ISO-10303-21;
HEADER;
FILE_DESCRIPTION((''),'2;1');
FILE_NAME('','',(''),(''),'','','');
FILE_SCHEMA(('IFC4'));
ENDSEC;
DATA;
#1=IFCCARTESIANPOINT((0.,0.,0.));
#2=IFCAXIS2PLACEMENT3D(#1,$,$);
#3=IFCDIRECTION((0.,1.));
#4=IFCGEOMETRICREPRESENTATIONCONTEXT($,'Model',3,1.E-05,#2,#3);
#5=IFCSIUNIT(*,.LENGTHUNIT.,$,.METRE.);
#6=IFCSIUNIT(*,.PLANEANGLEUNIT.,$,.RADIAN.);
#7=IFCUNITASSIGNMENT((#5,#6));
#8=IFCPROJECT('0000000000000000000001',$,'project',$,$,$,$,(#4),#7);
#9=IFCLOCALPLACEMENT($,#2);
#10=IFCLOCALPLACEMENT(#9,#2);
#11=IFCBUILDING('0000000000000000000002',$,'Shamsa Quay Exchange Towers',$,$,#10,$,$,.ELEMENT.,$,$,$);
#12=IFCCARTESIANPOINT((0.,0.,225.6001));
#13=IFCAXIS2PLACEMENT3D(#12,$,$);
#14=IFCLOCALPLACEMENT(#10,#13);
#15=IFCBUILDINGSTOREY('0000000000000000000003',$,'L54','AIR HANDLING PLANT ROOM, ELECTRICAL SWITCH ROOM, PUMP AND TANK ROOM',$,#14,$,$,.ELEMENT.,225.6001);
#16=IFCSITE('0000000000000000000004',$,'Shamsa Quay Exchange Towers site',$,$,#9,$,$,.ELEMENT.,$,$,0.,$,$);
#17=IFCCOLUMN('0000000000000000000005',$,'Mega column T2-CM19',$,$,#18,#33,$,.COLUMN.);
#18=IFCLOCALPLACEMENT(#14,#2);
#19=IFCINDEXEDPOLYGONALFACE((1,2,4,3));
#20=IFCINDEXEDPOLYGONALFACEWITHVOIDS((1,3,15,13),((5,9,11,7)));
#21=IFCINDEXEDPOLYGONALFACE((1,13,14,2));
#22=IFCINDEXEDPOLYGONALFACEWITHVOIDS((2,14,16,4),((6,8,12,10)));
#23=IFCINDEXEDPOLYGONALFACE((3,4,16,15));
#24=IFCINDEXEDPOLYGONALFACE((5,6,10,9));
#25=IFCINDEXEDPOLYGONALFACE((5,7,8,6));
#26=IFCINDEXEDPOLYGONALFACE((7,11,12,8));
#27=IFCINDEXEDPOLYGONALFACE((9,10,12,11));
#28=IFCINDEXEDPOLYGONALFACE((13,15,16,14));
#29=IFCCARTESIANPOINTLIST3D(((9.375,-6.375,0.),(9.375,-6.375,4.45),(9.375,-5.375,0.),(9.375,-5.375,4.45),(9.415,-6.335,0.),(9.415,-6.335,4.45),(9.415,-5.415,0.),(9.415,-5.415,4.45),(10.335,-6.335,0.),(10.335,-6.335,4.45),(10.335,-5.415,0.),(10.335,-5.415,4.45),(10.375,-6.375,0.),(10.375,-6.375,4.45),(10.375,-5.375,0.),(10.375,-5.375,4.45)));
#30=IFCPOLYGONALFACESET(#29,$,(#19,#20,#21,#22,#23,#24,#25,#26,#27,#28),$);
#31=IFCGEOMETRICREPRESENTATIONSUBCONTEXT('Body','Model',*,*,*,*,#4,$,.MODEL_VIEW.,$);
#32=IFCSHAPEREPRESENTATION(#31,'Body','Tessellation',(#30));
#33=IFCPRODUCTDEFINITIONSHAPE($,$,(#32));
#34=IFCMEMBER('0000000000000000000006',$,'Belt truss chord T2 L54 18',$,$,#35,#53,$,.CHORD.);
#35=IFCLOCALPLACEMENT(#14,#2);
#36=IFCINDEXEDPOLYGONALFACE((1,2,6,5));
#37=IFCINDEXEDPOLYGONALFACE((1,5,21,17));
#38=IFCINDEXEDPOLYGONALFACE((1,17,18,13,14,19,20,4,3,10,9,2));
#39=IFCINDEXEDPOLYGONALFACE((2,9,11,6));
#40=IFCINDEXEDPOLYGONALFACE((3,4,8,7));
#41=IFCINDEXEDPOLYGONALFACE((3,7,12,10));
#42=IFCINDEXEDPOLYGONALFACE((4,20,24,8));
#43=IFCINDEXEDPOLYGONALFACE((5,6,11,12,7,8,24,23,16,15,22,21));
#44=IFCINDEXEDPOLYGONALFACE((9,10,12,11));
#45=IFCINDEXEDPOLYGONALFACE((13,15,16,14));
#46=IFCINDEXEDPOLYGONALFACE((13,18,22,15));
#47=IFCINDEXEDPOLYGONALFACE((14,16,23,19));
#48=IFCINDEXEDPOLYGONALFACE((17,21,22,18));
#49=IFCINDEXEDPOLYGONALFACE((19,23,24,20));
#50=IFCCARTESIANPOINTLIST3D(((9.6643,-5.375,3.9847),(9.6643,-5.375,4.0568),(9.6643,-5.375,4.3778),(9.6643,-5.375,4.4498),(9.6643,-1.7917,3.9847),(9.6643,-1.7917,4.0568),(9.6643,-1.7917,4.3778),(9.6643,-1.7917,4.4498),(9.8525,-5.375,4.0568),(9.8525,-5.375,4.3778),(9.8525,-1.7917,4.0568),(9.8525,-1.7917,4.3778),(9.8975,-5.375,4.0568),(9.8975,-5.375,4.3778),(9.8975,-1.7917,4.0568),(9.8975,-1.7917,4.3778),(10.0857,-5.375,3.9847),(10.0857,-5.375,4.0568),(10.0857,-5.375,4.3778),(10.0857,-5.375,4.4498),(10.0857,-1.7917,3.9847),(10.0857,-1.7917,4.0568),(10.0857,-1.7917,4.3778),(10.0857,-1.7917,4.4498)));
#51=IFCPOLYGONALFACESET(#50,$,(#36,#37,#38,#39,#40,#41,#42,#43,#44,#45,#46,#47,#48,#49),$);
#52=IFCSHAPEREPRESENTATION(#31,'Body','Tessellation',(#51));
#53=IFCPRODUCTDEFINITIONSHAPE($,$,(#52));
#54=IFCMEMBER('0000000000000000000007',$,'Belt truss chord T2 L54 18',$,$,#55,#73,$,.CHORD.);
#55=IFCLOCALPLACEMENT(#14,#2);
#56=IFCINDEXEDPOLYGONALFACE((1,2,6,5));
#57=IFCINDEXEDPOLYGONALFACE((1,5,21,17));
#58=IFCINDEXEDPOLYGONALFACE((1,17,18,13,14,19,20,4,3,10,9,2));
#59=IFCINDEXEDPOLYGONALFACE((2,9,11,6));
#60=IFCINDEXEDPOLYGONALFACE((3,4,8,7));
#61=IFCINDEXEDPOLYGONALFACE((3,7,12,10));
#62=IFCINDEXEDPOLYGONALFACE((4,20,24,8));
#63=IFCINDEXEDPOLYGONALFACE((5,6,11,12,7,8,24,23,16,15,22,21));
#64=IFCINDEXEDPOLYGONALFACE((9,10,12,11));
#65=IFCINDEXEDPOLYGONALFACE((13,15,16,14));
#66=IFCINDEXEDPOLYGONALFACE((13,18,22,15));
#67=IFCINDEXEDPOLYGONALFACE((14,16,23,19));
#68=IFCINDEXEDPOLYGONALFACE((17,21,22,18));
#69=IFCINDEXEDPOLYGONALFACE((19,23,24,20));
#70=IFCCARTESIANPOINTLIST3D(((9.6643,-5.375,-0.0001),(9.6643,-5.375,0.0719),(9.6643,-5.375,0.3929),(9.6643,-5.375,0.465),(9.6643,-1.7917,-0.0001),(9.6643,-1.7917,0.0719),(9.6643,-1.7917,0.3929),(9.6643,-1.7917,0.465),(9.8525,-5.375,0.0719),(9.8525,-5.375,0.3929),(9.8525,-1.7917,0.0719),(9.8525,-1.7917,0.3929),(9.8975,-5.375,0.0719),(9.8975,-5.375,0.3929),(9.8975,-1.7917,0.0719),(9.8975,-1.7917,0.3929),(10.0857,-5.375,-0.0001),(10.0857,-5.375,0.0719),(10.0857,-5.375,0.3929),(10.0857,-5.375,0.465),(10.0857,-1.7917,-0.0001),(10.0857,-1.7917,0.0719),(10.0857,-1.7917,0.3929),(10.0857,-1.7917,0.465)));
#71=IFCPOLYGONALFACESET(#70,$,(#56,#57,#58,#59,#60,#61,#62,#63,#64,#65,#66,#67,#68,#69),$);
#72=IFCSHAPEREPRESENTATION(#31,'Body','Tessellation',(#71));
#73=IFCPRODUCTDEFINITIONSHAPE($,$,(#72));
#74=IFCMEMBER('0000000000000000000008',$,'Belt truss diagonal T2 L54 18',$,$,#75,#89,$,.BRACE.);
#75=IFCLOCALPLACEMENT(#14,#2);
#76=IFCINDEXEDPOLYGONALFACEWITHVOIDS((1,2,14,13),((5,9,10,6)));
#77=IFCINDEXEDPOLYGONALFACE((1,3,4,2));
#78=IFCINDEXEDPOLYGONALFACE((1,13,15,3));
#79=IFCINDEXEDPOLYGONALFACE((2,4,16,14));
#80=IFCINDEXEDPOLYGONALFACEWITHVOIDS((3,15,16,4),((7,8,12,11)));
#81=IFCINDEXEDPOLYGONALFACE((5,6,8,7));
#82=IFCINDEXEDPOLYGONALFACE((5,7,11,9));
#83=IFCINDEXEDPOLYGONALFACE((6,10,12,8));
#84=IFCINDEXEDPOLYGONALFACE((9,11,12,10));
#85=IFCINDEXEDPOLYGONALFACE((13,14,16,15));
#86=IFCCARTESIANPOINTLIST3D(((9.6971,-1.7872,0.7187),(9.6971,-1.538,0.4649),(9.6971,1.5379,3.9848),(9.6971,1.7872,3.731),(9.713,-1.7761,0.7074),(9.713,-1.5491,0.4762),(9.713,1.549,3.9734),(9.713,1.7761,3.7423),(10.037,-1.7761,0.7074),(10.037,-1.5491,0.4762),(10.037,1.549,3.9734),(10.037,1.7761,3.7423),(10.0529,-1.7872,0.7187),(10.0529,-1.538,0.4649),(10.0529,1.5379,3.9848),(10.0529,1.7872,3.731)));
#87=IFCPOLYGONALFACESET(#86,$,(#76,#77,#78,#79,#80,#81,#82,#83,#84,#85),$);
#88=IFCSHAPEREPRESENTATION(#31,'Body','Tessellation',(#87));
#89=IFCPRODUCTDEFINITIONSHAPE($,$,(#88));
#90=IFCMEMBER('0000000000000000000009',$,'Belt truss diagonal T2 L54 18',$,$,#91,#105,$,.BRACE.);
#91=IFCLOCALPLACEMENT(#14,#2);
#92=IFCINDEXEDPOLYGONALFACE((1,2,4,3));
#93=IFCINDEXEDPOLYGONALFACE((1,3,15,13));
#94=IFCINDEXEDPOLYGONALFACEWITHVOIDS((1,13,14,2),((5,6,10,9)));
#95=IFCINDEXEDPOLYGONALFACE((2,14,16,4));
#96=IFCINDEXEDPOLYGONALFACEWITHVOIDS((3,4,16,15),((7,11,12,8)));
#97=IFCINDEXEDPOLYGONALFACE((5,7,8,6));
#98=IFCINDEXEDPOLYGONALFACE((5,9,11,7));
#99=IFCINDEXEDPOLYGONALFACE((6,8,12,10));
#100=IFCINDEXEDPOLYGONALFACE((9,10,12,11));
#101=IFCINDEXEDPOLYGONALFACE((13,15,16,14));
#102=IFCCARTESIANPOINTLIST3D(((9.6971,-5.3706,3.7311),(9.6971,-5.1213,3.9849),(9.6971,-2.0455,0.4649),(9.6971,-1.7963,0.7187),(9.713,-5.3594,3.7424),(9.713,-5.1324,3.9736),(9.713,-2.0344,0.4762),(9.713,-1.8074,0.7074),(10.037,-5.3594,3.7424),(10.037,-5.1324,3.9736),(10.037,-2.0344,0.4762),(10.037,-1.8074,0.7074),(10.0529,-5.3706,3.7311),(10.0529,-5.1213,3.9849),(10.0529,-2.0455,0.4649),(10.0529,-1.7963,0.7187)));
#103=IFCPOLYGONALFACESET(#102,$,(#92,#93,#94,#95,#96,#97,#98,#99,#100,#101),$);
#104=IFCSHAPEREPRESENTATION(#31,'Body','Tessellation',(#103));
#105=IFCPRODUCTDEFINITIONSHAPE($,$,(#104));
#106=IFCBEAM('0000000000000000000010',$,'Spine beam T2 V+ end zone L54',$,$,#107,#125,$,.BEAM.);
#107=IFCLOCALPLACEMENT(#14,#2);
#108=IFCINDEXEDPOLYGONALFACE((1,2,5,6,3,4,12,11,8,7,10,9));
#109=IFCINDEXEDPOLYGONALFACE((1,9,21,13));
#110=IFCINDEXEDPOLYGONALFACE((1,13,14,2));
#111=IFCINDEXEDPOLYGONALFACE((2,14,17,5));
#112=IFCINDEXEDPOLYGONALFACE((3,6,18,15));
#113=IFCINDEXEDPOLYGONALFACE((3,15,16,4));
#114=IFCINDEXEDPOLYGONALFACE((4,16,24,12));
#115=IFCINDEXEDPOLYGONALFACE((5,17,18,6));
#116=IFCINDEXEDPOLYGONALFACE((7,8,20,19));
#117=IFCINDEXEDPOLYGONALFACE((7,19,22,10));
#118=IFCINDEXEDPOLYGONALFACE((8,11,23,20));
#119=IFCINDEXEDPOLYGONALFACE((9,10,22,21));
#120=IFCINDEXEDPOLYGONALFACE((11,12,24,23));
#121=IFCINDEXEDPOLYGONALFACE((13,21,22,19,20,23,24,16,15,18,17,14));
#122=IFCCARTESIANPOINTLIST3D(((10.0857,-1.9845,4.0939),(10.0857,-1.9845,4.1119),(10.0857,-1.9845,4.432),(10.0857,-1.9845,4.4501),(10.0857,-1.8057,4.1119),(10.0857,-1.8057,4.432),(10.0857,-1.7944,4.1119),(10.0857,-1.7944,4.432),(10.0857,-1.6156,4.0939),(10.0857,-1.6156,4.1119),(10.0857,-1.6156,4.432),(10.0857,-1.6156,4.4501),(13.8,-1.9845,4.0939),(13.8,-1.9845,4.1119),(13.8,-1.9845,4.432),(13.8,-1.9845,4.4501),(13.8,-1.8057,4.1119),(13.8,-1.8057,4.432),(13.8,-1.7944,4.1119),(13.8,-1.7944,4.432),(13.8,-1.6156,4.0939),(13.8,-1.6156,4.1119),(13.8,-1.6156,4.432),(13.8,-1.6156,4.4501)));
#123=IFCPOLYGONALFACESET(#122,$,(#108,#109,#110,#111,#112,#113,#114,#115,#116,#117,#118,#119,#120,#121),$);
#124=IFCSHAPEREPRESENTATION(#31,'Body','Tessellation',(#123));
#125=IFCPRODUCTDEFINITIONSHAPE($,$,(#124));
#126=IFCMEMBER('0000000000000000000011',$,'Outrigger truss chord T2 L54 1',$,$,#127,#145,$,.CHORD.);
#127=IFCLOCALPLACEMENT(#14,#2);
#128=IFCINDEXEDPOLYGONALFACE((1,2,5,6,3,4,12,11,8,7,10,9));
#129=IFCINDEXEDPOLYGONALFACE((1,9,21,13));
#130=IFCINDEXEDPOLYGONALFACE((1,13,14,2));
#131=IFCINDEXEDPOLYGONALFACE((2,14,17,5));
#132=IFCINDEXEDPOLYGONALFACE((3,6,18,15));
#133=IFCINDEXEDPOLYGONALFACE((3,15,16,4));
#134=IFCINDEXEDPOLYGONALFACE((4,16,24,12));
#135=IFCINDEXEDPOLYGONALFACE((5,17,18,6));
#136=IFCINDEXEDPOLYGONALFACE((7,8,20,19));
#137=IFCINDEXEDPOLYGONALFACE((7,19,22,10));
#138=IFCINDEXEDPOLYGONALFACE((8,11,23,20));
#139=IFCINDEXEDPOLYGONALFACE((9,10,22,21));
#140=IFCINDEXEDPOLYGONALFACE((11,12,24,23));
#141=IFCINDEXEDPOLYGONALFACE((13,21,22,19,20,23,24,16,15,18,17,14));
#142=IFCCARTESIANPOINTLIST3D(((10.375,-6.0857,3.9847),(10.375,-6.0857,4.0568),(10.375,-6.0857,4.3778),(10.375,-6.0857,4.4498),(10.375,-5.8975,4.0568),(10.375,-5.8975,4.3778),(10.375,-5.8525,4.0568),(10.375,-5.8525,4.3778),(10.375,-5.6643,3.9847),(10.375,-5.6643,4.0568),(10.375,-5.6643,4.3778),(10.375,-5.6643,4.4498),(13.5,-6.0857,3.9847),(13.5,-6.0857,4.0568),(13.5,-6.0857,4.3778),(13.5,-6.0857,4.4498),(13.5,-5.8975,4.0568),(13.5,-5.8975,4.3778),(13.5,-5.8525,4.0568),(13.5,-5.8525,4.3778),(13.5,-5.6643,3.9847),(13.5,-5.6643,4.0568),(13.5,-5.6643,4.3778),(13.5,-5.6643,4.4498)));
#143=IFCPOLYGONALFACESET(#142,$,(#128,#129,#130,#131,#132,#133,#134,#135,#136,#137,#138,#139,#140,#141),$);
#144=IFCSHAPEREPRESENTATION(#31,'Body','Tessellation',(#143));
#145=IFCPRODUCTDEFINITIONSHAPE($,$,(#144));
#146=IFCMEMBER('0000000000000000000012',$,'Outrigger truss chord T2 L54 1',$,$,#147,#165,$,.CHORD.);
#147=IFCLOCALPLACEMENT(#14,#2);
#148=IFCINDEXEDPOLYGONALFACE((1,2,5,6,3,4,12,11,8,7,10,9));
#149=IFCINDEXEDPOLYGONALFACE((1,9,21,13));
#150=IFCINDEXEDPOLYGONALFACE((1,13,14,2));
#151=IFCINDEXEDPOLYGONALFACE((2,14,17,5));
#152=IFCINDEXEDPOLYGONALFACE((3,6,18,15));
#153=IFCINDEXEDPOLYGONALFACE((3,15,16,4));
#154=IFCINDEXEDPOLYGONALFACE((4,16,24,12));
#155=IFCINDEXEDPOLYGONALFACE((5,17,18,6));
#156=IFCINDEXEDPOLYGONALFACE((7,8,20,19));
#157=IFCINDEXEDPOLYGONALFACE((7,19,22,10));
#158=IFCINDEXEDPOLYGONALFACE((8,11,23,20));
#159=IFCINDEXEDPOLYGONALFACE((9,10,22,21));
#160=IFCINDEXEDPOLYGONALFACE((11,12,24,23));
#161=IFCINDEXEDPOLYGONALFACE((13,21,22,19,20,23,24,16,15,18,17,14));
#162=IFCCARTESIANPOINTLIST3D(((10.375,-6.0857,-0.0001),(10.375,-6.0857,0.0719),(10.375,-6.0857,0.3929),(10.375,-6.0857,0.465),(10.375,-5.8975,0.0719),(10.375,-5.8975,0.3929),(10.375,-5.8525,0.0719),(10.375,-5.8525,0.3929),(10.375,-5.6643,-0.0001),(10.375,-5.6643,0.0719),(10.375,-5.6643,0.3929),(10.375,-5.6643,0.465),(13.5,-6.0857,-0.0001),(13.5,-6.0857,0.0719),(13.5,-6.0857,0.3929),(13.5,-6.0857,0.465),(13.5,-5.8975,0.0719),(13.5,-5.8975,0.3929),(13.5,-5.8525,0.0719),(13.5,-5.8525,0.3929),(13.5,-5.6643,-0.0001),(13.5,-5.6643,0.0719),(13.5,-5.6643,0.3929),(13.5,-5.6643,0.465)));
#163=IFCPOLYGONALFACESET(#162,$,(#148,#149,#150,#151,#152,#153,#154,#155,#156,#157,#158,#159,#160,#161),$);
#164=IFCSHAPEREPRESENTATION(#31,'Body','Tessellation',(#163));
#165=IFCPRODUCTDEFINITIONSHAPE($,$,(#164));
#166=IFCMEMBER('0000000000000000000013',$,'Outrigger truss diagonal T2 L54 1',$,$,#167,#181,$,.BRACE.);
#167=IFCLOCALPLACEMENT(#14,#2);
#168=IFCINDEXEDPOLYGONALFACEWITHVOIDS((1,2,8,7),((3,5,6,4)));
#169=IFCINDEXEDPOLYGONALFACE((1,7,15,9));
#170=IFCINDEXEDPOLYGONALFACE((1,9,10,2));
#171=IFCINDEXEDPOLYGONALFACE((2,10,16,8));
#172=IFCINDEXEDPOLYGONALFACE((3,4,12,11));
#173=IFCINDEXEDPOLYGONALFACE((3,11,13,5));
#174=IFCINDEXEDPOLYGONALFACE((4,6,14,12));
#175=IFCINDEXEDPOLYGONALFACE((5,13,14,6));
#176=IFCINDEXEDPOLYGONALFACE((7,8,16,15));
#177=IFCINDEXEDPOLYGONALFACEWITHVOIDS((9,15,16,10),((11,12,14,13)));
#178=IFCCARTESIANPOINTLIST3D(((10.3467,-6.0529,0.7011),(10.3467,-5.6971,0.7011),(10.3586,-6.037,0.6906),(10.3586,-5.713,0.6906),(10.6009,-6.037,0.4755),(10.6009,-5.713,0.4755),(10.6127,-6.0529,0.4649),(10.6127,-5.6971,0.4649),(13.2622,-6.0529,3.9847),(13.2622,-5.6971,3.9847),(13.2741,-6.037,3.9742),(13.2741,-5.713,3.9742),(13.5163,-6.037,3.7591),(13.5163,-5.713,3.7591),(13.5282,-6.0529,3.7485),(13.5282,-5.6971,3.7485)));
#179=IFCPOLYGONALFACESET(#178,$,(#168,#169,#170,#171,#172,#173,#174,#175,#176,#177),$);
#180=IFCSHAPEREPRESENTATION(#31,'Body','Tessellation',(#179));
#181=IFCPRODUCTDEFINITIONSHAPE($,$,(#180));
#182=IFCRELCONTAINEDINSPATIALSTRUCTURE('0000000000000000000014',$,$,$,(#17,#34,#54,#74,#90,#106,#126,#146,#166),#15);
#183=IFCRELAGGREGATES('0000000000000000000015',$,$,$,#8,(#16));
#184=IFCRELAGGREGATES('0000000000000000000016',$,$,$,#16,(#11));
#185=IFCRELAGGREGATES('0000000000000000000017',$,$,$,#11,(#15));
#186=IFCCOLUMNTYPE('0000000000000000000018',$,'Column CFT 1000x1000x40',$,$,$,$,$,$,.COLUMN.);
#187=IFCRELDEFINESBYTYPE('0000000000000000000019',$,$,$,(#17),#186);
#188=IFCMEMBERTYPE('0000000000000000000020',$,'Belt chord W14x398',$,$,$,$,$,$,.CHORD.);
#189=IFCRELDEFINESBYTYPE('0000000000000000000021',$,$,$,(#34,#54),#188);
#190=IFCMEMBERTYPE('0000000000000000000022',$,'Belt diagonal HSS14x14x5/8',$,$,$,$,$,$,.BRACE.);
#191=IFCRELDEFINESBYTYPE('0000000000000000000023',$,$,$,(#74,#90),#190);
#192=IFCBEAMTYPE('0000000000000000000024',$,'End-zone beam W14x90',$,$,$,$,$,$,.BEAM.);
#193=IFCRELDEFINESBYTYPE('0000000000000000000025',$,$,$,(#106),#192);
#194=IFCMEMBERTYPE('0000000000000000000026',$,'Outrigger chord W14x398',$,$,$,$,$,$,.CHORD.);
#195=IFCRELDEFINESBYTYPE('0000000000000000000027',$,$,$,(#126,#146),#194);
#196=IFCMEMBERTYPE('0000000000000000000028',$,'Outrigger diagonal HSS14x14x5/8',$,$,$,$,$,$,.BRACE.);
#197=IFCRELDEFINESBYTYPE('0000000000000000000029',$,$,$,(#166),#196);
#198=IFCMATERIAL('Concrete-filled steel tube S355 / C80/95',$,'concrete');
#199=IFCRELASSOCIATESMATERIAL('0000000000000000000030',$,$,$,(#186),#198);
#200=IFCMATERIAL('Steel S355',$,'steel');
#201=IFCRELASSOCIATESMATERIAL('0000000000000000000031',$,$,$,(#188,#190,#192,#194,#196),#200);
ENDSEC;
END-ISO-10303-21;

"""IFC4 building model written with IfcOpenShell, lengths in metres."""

from ifc_helpers import new_model, si_unit, direction, frame, origin, origin_2d, place, context, subcontext, project, spatial, hollow_rectangle, i_section, extrude, material, material_profile, profile_set, type_object, element, save


model = new_model("IFC4")

# Units and contexts
model_context = context("Model", 3, precision=1e-05, world=origin(), true_north=direction((0.0, 1.0)))
body_context = subcontext(model_context, "Body", "Model", "MODEL_VIEW")
ifc_project = project(units=[si_unit("LENGTHUNIT", "METRE"), si_unit("PLANEANGLEUNIT", "RADIAN")], contexts=[model_context])

# Site, building, storey
site_placement = place(None, origin())
site = spatial("IfcSite", under=ifc_project, at=site_placement, Name="Shamsa Quay Exchange Towers site", CompositionType="ELEMENT", RefElevation=0.0)
building_placement = place(site_placement, origin())
building = spatial("IfcBuilding", under=site, at=building_placement, Name="Shamsa Quay Exchange Towers", CompositionType="ELEMENT")
storey_placement = place(building_placement, frame((0.0, 0.0, 225.6001)))
storey = spatial("IfcBuildingStorey", under=building, at=storey_placement, Name="L54", Description="AIR HANDLING PLANT ROOM, ELECTRICAL SWITCH ROOM, PUMP AND TANK ROOM", CompositionType="ELEMENT", Elevation=225.6001)

# Column
ifc_material_1 = material(Name="Concrete-filled steel tube S355 / C80/95", Category="concrete")
ifc_material_profile_1 = material_profile(ifc_material_1, hollow_rectangle(XDim=1.0, YDim=1.0, WallThickness=0.04, at=origin_2d()), Name="CFT 1000x1000x40")
ifc_profile_set_1 = profile_set([ifc_material_profile_1], Name="Concrete-filled steel tube S355 / C80/95")
column_type = type_object("IfcColumnType", Name="Column CFT 1000x1000x40", PredefinedType="COLUMN", material=ifc_profile_set_1)
column_placement = place(storey_placement, frame((9.875, -5.875, 0.0)))
element("IfcColumn", 1, at=column_placement, inside=storey, type_object=column_type, Name="Mega column T2-CM19", PredefinedType="COLUMN", context=body_context, shape_type="SweptSolid", body=[
    extrude(hollow_rectangle(XDim=1.0, YDim=1.0, WallThickness=0.04, at=origin_2d()), origin(), (0.0, 0.0, 1.0), 4.45),
])

# Members
ifc_material_2 = material(Name="Steel S355", Category="steel")
ifc_material_profile_2 = material_profile(ifc_material_2, i_section(OverallWidth=0.4214, OverallDepth=0.4651, WebThickness=0.0449, FlangeThickness=0.072, at=origin_2d()), Name="W14x398")
ifc_profile_set_2 = profile_set([ifc_material_profile_2], Name="Steel S355")
member_type_1 = type_object("IfcMemberType", Name="Belt chord W14x398", PredefinedType="CHORD", material=ifc_profile_set_2)
for number, where, z_axis, x_axis, name in (
    (2, (9.875, -1.7917, 4.2173), (0.0, -1.0, 0.0), (1.0, 0.0, 0.0), "Belt truss chord T2 L54 18"),
    (3, (9.875, -1.7917, 0.2324), (0.0, -1.0, 0.0), (1.0, 0.0, 0.0), "Belt truss chord T2 L54 18"),
):
    element("IfcMember", number, at=place(storey_placement, frame(where, z_axis=z_axis, x_axis=x_axis)), inside=storey, type_object=member_type_1, Name=name, PredefinedType="CHORD", context=body_context, shape_type="SweptSolid", body=[
        extrude(i_section(OverallWidth=0.4214, OverallDepth=0.4651, WebThickness=0.0449, FlangeThickness=0.072, at=origin_2d()), origin(), (0.0, 0.0, 1.0), 3.5833),
    ])
ifc_material_profile_3 = material_profile(ifc_material_2, hollow_rectangle(XDim=0.3557, YDim=0.3557, WallThickness=0.0159, at=origin_2d()), Name="HSS14x14x5/8")
ifc_profile_set_3 = profile_set([ifc_material_profile_3], Name="Steel S355")
member_type_2 = type_object("IfcMemberType", Name="Belt diagonal HSS14x14x5/8", PredefinedType="BRACE", material=ifc_profile_set_3)
for number, where, z_axis, x_axis, name in (
    (4, (9.875, -1.6626, 0.5918), (0.0, 0.713416, 0.70074), (-1.0, 0.0, 0.0), "Belt truss diagonal T2 L54 18"),
    (5, (9.875, -1.9209, 0.5918), (0.0, -0.713391, 0.700767), (1.0, 0.0, 0.0), "Belt truss diagonal T2 L54 18"),
):
    element("IfcMember", number, at=place(storey_placement, frame(where, z_axis=z_axis, x_axis=x_axis)), inside=storey, type_object=member_type_2, Name=name, PredefinedType="BRACE", context=body_context, shape_type="SweptSolid", body=[
        extrude(hollow_rectangle(XDim=0.3557, YDim=0.3557, WallThickness=0.0159, at=origin_2d()), origin(), (0.0, 0.0, 1.0), 4.6609),
    ])

# Beam
ifc_material_profile_4 = material_profile(ifc_material_2, i_section(OverallWidth=0.3689, OverallDepth=0.3562, WebThickness=0.0112, FlangeThickness=0.0181, at=origin_2d()), Name="W14x90")
ifc_profile_set_4 = profile_set([ifc_material_profile_4], Name="Steel S355")
beam_type = type_object("IfcBeamType", Name="End-zone beam W14x90", PredefinedType="BEAM", material=ifc_profile_set_4)
beam_placement = place(storey_placement, frame((13.8, -1.8, 4.272), z_axis=(-1.0, 0.0, 0.0), x_axis=(0.0, -1.0, 0.0)))
element("IfcBeam", 6, at=beam_placement, inside=storey, type_object=beam_type, Name="Spine beam T2 V+ end zone L54", PredefinedType="BEAM", context=body_context, shape_type="SweptSolid", body=[
    extrude(i_section(OverallWidth=0.3689, OverallDepth=0.3562, WebThickness=0.0112, FlangeThickness=0.0181, at=origin_2d()), origin(), (0.0, 0.0, 1.0), 3.7144),
])

# Members
ifc_material_profile_5 = material_profile(ifc_material_2, i_section(OverallWidth=0.4214, OverallDepth=0.4651, WebThickness=0.0449, FlangeThickness=0.072, at=origin_2d()), Name="W14x398")
ifc_profile_set_5 = profile_set([ifc_material_profile_5], Name="Steel S355")
member_type_3 = type_object("IfcMemberType", Name="Outrigger chord W14x398", PredefinedType="CHORD", material=ifc_profile_set_5)
for number, where, z_axis, x_axis, name in (
    (7, (10.375, -5.875, 4.2173), (1.0, 0.0, 0.0), (0.0, 1.0, 0.0), "Outrigger truss chord T2 L54 1"),
    (8, (10.375, -5.875, 0.2324), (1.0, 0.0, 0.0), (0.0, 1.0, 0.0), "Outrigger truss chord T2 L54 1"),
):
    element("IfcMember", number, at=place(storey_placement, frame(where, z_axis=z_axis, x_axis=x_axis)), inside=storey, type_object=member_type_3, Name=name, PredefinedType="CHORD", context=body_context, shape_type="SweptSolid", body=[
        extrude(i_section(OverallWidth=0.4214, OverallDepth=0.4651, WebThickness=0.0449, FlangeThickness=0.072, at=origin_2d()), origin(), (0.0, 0.0, 1.0), 3.125),
    ])
ifc_material_profile_6 = material_profile(ifc_material_2, hollow_rectangle(XDim=0.3557, YDim=0.3557, WallThickness=0.0159, at=origin_2d()), Name="HSS14x14x5/8")
ifc_profile_set_6 = profile_set([ifc_material_profile_6], Name="Steel S355")
member_type_4 = type_object("IfcMemberType", Name="Outrigger diagonal HSS14x14x5/8", PredefinedType="BRACE", material=ifc_profile_set_6)
member_placement = place(storey_placement, frame((10.4797, -5.875, 0.583), z_axis=(0.663943, 0.0, 0.747783), x_axis=(0.0, 1.0, 0.0)))
element("IfcMember", 9, at=member_placement, inside=storey, type_object=member_type_4, Name="Outrigger truss diagonal T2 L54 1", PredefinedType="BRACE", context=body_context, shape_type="SweptSolid", body=[
    extrude(hollow_rectangle(XDim=0.3557, YDim=0.3557, WallThickness=0.0159, at=origin_2d()), origin(), (0.0, 0.0, 1.0), 4.3911),
])

save(model, "model.ifc")
